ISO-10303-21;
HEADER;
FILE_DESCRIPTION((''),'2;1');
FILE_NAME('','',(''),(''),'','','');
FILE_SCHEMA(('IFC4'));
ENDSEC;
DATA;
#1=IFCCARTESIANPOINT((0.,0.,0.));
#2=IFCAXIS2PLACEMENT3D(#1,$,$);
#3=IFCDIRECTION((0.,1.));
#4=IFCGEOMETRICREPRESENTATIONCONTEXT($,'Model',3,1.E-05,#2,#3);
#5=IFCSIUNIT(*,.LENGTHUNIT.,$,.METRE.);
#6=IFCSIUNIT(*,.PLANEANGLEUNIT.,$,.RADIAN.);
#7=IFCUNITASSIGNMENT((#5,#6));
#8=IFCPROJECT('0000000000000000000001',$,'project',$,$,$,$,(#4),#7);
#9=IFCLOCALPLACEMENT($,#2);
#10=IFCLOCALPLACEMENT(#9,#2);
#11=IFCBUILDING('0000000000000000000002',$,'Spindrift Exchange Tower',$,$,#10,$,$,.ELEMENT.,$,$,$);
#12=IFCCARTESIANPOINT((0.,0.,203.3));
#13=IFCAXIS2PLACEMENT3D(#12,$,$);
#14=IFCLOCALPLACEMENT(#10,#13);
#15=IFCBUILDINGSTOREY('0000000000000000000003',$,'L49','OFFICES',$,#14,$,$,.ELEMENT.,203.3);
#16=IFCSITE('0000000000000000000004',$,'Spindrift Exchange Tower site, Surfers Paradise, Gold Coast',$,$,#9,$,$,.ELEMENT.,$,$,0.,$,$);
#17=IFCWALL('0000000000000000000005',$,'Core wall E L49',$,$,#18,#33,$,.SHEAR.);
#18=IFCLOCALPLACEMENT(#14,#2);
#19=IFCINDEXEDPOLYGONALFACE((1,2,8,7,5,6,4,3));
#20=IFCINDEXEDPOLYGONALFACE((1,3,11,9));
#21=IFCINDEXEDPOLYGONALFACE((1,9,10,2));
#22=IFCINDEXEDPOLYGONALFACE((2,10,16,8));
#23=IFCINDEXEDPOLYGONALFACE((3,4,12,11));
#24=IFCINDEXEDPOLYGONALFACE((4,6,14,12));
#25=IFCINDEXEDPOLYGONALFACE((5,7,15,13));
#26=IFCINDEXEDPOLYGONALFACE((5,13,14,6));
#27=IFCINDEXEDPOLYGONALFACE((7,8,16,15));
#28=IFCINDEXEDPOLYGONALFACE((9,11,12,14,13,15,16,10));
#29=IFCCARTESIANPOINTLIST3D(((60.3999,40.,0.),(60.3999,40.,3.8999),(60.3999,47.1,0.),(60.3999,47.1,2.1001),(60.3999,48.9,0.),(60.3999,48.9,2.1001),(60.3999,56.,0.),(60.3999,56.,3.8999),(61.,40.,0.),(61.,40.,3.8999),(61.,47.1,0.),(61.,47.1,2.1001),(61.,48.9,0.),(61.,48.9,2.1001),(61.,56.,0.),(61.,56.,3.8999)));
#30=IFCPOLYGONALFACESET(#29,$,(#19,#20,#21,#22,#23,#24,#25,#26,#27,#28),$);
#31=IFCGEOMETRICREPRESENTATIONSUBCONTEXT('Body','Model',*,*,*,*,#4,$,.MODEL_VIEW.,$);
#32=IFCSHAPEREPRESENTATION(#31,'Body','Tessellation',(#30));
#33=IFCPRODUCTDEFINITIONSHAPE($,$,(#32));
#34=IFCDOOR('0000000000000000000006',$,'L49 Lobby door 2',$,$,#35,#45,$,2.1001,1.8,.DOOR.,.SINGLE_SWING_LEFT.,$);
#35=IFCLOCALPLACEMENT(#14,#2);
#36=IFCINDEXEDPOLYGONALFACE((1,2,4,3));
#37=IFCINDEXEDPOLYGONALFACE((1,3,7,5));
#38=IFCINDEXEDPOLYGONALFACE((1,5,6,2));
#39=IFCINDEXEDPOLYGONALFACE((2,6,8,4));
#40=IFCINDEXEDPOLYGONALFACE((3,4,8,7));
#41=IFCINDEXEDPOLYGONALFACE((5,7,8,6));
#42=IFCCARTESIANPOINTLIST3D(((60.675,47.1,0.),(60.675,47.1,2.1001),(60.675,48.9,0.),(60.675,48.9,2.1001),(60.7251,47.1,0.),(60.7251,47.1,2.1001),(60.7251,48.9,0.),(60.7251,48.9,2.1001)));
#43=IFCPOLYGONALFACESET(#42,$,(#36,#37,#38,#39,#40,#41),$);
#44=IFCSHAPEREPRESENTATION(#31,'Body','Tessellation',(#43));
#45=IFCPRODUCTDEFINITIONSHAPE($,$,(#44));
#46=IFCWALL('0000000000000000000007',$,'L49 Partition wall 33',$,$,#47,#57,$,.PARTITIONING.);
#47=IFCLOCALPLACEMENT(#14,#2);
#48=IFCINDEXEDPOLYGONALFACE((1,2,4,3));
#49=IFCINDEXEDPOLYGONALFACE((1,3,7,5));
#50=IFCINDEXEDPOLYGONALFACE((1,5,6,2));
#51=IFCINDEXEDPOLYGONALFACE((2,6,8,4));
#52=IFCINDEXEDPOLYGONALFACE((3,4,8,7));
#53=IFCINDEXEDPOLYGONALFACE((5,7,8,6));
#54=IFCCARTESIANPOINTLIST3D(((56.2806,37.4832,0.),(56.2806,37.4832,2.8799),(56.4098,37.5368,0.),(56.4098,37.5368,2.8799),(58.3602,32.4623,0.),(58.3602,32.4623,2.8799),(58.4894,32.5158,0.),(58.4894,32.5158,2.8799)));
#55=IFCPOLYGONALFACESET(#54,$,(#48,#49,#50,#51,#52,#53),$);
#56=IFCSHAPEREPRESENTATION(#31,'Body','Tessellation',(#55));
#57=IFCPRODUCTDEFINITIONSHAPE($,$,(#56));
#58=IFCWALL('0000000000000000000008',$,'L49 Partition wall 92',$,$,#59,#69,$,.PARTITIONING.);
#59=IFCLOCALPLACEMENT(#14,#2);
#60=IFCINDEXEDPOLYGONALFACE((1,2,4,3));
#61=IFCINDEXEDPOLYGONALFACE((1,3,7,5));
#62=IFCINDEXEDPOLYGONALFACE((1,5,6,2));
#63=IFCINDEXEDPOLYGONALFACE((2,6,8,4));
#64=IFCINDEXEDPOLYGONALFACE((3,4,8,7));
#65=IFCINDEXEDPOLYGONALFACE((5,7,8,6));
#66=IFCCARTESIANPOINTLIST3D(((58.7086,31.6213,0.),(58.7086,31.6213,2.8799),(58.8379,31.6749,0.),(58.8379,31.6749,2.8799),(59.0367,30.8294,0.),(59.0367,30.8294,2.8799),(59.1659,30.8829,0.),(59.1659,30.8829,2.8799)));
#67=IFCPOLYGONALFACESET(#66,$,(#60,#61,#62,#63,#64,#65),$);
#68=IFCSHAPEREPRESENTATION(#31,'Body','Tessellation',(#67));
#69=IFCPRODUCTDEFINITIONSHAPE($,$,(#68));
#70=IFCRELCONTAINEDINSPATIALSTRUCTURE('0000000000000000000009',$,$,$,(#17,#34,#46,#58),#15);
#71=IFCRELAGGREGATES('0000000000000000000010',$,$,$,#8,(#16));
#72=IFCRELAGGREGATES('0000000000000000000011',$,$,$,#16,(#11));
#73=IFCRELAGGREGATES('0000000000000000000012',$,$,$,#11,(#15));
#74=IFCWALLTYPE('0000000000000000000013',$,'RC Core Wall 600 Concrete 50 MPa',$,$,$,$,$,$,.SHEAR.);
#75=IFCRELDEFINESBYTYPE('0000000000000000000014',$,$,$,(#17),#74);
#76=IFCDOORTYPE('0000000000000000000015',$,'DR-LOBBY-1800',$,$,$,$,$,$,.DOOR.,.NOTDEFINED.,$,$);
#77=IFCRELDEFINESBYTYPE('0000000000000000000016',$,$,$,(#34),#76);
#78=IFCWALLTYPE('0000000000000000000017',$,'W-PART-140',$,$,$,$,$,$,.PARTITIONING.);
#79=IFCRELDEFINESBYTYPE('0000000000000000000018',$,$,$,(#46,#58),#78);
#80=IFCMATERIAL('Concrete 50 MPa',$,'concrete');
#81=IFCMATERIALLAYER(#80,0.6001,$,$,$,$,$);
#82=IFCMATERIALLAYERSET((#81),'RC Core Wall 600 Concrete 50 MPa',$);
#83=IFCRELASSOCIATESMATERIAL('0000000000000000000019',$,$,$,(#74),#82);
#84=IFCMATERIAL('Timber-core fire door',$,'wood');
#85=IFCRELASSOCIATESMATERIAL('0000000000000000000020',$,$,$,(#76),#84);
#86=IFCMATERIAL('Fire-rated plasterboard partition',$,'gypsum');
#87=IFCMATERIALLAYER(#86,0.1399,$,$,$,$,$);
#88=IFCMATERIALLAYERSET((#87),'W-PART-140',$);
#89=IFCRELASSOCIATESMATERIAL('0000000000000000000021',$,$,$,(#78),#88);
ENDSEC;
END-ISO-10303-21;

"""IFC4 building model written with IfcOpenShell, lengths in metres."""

from ifc_helpers import new_model, si_unit, direction, frame, frame_2d, origin, place, context, subcontext, project, spatial, rectangle, extrude, source, transform, mapped, material, layer, layer_set, type_object, element, fill, save


model = new_model("IFC4")

# Units and contexts
model_context = context("Model", 3, precision=1e-05, world=origin(), true_north=direction((0.0, 1.0)))
body_context = subcontext(model_context, "Body", "Model", "MODEL_VIEW")
ifc_project = project(units=[si_unit("LENGTHUNIT", "METRE"), si_unit("PLANEANGLEUNIT", "RADIAN")], contexts=[model_context])

# Site, building, storey
site_placement = place(None, origin())
site = spatial("IfcSite", under=ifc_project, at=site_placement, Name="Spindrift Exchange Tower site, Surfers Paradise, Gold Coast", CompositionType="ELEMENT", RefElevation=0.0)
building_placement = place(site_placement, origin())
building = spatial("IfcBuilding", under=site, at=building_placement, Name="Spindrift Exchange Tower", CompositionType="ELEMENT")
storey_placement = place(building_placement, frame((0.0, 0.0, 203.3)))
storey = spatial("IfcBuildingStorey", under=building, at=storey_placement, Name="L49", Description="OFFICES", CompositionType="ELEMENT", Elevation=203.3)

# Shared definitions
ifc_material_1 = material(Name="Concrete 50 MPa", Category="concrete")

# Wall, opening, door
ifc_layer_1 = layer(ifc_material_1, 0.6001)
ifc_layer_set_1 = layer_set([ifc_layer_1], Name="RC Core Wall 600 Concrete 50 MPa")
wall_type_1 = type_object("IfcWallType", Name="RC Core Wall 600 Concrete 50 MPa", PredefinedType="SHEAR", material=ifc_layer_set_1)
wall_1_placement = place(storey_placement, frame((60.7, 40.0, 0.0), z_axis=(0.0, 0.0, 1.0), x_axis=(0.0, 1.0, 0.0)))
wall_1 = element("IfcWall", 1, at=wall_1_placement, inside=storey, type_object=wall_type_1, Name="Core wall E L49", PredefinedType="SHEAR", context=body_context, shape_type="SweptSolid", body=[
    extrude(rectangle(XDim=16.0, YDim=0.6001, at=frame_2d((8.0, 0.0))), origin(), (0.0, 0.0, 1.0), 3.8999),
])
opening_placement = place(wall_1_placement, frame((7.1001, 0.0, 0.0)))
opening = element("IfcOpeningElement", 2, at=opening_placement, cuts=wall_1, PredefinedType="OPENING", context=body_context, shape_type="SweptSolid", body=[
    extrude(rectangle(XDim=1.8, YDim=2.1001, at=frame_2d((0.8999, 1.05))), frame((0.0, 0.3101, 0.0), z_axis=(0.0, -1.0, 0.0), x_axis=(1.0, 0.0, 0.0)), (0.0, 0.0, 1.0), 0.6201),
])
ifc_material_2 = material(Name="Timber-core fire door", Category="wood")
door_type = type_object("IfcDoorType", Name="DR-LOBBY-1800", OperationType="NOTDEFINED", PredefinedType="DOOR", material=ifc_material_2)
shared_shape_1 = source(origin(), body_context, "Body", "SweptSolid", [
    extrude(rectangle(XDim=1.8, YDim=2.1001, at=frame_2d((0.8999, 1.05))), frame((0.0, 0.0249, 0.0), z_axis=(0.0, -1.0, 0.0), x_axis=(1.0, 0.0, 0.0)), (0.0, 0.0, 1.0), 0.05),
])
door_placement = place(opening_placement, origin())
door = element("IfcDoor", 3, at=door_placement, inside=storey, type_object=door_type, Name="L49 Lobby door 2", OperationType="SINGLE_SWING_LEFT", OverallHeight=2.1001, OverallWidth=1.8, PredefinedType="DOOR", context=body_context, shape_type="MappedRepresentation", body=[
    mapped(shared_shape_1, transform((0.0, 0.0, 0.0), scale=1.0)),
])
fill(opening, door)

# Walls
ifc_material_3 = material(Name="Fire-rated plasterboard partition", Category="gypsum")
ifc_layer_2 = layer(ifc_material_3, 0.1399)
ifc_layer_set_2 = layer_set([ifc_layer_2], Name="W-PART-140")
wall_type_2 = type_object("IfcWallType", Name="W-PART-140", PredefinedType="PARTITIONING", material=ifc_layer_set_2)
wall_2_placement = place(storey_placement, frame((56.3452, 37.51, 0.0), z_axis=(0.0, 0.0, 1.0), x_axis=(0.382656, -0.923891, 0.0)))
element("IfcWall", 4, at=wall_2_placement, inside=storey, type_object=wall_type_2, Name="L49 Partition wall 33", PredefinedType="PARTITIONING", context=body_context, shape_type="SweptSolid", body=[
    extrude(rectangle(XDim=5.4346, YDim=0.1399, at=frame_2d((2.7173, 0.0))), origin(), (0.0, 0.0, 1.0), 2.8799),
])
wall_3_placement = place(storey_placement, frame((58.7732, 31.6482, 0.0), z_axis=(0.0, 0.0, 1.0), x_axis=(0.382754, -0.92385, 0.0)))
element("IfcWall", 5, at=wall_3_placement, inside=storey, type_object=wall_type_2, Name="L49 Partition wall 92", PredefinedType="PARTITIONING", context=body_context, shape_type="SweptSolid", body=[
    extrude(rectangle(XDim=0.8572, YDim=0.1399, at=frame_2d((0.4287, 0.0))), origin(), (0.0, 0.0, 1.0), 2.8799),
])

save(model, "model.ifc")
